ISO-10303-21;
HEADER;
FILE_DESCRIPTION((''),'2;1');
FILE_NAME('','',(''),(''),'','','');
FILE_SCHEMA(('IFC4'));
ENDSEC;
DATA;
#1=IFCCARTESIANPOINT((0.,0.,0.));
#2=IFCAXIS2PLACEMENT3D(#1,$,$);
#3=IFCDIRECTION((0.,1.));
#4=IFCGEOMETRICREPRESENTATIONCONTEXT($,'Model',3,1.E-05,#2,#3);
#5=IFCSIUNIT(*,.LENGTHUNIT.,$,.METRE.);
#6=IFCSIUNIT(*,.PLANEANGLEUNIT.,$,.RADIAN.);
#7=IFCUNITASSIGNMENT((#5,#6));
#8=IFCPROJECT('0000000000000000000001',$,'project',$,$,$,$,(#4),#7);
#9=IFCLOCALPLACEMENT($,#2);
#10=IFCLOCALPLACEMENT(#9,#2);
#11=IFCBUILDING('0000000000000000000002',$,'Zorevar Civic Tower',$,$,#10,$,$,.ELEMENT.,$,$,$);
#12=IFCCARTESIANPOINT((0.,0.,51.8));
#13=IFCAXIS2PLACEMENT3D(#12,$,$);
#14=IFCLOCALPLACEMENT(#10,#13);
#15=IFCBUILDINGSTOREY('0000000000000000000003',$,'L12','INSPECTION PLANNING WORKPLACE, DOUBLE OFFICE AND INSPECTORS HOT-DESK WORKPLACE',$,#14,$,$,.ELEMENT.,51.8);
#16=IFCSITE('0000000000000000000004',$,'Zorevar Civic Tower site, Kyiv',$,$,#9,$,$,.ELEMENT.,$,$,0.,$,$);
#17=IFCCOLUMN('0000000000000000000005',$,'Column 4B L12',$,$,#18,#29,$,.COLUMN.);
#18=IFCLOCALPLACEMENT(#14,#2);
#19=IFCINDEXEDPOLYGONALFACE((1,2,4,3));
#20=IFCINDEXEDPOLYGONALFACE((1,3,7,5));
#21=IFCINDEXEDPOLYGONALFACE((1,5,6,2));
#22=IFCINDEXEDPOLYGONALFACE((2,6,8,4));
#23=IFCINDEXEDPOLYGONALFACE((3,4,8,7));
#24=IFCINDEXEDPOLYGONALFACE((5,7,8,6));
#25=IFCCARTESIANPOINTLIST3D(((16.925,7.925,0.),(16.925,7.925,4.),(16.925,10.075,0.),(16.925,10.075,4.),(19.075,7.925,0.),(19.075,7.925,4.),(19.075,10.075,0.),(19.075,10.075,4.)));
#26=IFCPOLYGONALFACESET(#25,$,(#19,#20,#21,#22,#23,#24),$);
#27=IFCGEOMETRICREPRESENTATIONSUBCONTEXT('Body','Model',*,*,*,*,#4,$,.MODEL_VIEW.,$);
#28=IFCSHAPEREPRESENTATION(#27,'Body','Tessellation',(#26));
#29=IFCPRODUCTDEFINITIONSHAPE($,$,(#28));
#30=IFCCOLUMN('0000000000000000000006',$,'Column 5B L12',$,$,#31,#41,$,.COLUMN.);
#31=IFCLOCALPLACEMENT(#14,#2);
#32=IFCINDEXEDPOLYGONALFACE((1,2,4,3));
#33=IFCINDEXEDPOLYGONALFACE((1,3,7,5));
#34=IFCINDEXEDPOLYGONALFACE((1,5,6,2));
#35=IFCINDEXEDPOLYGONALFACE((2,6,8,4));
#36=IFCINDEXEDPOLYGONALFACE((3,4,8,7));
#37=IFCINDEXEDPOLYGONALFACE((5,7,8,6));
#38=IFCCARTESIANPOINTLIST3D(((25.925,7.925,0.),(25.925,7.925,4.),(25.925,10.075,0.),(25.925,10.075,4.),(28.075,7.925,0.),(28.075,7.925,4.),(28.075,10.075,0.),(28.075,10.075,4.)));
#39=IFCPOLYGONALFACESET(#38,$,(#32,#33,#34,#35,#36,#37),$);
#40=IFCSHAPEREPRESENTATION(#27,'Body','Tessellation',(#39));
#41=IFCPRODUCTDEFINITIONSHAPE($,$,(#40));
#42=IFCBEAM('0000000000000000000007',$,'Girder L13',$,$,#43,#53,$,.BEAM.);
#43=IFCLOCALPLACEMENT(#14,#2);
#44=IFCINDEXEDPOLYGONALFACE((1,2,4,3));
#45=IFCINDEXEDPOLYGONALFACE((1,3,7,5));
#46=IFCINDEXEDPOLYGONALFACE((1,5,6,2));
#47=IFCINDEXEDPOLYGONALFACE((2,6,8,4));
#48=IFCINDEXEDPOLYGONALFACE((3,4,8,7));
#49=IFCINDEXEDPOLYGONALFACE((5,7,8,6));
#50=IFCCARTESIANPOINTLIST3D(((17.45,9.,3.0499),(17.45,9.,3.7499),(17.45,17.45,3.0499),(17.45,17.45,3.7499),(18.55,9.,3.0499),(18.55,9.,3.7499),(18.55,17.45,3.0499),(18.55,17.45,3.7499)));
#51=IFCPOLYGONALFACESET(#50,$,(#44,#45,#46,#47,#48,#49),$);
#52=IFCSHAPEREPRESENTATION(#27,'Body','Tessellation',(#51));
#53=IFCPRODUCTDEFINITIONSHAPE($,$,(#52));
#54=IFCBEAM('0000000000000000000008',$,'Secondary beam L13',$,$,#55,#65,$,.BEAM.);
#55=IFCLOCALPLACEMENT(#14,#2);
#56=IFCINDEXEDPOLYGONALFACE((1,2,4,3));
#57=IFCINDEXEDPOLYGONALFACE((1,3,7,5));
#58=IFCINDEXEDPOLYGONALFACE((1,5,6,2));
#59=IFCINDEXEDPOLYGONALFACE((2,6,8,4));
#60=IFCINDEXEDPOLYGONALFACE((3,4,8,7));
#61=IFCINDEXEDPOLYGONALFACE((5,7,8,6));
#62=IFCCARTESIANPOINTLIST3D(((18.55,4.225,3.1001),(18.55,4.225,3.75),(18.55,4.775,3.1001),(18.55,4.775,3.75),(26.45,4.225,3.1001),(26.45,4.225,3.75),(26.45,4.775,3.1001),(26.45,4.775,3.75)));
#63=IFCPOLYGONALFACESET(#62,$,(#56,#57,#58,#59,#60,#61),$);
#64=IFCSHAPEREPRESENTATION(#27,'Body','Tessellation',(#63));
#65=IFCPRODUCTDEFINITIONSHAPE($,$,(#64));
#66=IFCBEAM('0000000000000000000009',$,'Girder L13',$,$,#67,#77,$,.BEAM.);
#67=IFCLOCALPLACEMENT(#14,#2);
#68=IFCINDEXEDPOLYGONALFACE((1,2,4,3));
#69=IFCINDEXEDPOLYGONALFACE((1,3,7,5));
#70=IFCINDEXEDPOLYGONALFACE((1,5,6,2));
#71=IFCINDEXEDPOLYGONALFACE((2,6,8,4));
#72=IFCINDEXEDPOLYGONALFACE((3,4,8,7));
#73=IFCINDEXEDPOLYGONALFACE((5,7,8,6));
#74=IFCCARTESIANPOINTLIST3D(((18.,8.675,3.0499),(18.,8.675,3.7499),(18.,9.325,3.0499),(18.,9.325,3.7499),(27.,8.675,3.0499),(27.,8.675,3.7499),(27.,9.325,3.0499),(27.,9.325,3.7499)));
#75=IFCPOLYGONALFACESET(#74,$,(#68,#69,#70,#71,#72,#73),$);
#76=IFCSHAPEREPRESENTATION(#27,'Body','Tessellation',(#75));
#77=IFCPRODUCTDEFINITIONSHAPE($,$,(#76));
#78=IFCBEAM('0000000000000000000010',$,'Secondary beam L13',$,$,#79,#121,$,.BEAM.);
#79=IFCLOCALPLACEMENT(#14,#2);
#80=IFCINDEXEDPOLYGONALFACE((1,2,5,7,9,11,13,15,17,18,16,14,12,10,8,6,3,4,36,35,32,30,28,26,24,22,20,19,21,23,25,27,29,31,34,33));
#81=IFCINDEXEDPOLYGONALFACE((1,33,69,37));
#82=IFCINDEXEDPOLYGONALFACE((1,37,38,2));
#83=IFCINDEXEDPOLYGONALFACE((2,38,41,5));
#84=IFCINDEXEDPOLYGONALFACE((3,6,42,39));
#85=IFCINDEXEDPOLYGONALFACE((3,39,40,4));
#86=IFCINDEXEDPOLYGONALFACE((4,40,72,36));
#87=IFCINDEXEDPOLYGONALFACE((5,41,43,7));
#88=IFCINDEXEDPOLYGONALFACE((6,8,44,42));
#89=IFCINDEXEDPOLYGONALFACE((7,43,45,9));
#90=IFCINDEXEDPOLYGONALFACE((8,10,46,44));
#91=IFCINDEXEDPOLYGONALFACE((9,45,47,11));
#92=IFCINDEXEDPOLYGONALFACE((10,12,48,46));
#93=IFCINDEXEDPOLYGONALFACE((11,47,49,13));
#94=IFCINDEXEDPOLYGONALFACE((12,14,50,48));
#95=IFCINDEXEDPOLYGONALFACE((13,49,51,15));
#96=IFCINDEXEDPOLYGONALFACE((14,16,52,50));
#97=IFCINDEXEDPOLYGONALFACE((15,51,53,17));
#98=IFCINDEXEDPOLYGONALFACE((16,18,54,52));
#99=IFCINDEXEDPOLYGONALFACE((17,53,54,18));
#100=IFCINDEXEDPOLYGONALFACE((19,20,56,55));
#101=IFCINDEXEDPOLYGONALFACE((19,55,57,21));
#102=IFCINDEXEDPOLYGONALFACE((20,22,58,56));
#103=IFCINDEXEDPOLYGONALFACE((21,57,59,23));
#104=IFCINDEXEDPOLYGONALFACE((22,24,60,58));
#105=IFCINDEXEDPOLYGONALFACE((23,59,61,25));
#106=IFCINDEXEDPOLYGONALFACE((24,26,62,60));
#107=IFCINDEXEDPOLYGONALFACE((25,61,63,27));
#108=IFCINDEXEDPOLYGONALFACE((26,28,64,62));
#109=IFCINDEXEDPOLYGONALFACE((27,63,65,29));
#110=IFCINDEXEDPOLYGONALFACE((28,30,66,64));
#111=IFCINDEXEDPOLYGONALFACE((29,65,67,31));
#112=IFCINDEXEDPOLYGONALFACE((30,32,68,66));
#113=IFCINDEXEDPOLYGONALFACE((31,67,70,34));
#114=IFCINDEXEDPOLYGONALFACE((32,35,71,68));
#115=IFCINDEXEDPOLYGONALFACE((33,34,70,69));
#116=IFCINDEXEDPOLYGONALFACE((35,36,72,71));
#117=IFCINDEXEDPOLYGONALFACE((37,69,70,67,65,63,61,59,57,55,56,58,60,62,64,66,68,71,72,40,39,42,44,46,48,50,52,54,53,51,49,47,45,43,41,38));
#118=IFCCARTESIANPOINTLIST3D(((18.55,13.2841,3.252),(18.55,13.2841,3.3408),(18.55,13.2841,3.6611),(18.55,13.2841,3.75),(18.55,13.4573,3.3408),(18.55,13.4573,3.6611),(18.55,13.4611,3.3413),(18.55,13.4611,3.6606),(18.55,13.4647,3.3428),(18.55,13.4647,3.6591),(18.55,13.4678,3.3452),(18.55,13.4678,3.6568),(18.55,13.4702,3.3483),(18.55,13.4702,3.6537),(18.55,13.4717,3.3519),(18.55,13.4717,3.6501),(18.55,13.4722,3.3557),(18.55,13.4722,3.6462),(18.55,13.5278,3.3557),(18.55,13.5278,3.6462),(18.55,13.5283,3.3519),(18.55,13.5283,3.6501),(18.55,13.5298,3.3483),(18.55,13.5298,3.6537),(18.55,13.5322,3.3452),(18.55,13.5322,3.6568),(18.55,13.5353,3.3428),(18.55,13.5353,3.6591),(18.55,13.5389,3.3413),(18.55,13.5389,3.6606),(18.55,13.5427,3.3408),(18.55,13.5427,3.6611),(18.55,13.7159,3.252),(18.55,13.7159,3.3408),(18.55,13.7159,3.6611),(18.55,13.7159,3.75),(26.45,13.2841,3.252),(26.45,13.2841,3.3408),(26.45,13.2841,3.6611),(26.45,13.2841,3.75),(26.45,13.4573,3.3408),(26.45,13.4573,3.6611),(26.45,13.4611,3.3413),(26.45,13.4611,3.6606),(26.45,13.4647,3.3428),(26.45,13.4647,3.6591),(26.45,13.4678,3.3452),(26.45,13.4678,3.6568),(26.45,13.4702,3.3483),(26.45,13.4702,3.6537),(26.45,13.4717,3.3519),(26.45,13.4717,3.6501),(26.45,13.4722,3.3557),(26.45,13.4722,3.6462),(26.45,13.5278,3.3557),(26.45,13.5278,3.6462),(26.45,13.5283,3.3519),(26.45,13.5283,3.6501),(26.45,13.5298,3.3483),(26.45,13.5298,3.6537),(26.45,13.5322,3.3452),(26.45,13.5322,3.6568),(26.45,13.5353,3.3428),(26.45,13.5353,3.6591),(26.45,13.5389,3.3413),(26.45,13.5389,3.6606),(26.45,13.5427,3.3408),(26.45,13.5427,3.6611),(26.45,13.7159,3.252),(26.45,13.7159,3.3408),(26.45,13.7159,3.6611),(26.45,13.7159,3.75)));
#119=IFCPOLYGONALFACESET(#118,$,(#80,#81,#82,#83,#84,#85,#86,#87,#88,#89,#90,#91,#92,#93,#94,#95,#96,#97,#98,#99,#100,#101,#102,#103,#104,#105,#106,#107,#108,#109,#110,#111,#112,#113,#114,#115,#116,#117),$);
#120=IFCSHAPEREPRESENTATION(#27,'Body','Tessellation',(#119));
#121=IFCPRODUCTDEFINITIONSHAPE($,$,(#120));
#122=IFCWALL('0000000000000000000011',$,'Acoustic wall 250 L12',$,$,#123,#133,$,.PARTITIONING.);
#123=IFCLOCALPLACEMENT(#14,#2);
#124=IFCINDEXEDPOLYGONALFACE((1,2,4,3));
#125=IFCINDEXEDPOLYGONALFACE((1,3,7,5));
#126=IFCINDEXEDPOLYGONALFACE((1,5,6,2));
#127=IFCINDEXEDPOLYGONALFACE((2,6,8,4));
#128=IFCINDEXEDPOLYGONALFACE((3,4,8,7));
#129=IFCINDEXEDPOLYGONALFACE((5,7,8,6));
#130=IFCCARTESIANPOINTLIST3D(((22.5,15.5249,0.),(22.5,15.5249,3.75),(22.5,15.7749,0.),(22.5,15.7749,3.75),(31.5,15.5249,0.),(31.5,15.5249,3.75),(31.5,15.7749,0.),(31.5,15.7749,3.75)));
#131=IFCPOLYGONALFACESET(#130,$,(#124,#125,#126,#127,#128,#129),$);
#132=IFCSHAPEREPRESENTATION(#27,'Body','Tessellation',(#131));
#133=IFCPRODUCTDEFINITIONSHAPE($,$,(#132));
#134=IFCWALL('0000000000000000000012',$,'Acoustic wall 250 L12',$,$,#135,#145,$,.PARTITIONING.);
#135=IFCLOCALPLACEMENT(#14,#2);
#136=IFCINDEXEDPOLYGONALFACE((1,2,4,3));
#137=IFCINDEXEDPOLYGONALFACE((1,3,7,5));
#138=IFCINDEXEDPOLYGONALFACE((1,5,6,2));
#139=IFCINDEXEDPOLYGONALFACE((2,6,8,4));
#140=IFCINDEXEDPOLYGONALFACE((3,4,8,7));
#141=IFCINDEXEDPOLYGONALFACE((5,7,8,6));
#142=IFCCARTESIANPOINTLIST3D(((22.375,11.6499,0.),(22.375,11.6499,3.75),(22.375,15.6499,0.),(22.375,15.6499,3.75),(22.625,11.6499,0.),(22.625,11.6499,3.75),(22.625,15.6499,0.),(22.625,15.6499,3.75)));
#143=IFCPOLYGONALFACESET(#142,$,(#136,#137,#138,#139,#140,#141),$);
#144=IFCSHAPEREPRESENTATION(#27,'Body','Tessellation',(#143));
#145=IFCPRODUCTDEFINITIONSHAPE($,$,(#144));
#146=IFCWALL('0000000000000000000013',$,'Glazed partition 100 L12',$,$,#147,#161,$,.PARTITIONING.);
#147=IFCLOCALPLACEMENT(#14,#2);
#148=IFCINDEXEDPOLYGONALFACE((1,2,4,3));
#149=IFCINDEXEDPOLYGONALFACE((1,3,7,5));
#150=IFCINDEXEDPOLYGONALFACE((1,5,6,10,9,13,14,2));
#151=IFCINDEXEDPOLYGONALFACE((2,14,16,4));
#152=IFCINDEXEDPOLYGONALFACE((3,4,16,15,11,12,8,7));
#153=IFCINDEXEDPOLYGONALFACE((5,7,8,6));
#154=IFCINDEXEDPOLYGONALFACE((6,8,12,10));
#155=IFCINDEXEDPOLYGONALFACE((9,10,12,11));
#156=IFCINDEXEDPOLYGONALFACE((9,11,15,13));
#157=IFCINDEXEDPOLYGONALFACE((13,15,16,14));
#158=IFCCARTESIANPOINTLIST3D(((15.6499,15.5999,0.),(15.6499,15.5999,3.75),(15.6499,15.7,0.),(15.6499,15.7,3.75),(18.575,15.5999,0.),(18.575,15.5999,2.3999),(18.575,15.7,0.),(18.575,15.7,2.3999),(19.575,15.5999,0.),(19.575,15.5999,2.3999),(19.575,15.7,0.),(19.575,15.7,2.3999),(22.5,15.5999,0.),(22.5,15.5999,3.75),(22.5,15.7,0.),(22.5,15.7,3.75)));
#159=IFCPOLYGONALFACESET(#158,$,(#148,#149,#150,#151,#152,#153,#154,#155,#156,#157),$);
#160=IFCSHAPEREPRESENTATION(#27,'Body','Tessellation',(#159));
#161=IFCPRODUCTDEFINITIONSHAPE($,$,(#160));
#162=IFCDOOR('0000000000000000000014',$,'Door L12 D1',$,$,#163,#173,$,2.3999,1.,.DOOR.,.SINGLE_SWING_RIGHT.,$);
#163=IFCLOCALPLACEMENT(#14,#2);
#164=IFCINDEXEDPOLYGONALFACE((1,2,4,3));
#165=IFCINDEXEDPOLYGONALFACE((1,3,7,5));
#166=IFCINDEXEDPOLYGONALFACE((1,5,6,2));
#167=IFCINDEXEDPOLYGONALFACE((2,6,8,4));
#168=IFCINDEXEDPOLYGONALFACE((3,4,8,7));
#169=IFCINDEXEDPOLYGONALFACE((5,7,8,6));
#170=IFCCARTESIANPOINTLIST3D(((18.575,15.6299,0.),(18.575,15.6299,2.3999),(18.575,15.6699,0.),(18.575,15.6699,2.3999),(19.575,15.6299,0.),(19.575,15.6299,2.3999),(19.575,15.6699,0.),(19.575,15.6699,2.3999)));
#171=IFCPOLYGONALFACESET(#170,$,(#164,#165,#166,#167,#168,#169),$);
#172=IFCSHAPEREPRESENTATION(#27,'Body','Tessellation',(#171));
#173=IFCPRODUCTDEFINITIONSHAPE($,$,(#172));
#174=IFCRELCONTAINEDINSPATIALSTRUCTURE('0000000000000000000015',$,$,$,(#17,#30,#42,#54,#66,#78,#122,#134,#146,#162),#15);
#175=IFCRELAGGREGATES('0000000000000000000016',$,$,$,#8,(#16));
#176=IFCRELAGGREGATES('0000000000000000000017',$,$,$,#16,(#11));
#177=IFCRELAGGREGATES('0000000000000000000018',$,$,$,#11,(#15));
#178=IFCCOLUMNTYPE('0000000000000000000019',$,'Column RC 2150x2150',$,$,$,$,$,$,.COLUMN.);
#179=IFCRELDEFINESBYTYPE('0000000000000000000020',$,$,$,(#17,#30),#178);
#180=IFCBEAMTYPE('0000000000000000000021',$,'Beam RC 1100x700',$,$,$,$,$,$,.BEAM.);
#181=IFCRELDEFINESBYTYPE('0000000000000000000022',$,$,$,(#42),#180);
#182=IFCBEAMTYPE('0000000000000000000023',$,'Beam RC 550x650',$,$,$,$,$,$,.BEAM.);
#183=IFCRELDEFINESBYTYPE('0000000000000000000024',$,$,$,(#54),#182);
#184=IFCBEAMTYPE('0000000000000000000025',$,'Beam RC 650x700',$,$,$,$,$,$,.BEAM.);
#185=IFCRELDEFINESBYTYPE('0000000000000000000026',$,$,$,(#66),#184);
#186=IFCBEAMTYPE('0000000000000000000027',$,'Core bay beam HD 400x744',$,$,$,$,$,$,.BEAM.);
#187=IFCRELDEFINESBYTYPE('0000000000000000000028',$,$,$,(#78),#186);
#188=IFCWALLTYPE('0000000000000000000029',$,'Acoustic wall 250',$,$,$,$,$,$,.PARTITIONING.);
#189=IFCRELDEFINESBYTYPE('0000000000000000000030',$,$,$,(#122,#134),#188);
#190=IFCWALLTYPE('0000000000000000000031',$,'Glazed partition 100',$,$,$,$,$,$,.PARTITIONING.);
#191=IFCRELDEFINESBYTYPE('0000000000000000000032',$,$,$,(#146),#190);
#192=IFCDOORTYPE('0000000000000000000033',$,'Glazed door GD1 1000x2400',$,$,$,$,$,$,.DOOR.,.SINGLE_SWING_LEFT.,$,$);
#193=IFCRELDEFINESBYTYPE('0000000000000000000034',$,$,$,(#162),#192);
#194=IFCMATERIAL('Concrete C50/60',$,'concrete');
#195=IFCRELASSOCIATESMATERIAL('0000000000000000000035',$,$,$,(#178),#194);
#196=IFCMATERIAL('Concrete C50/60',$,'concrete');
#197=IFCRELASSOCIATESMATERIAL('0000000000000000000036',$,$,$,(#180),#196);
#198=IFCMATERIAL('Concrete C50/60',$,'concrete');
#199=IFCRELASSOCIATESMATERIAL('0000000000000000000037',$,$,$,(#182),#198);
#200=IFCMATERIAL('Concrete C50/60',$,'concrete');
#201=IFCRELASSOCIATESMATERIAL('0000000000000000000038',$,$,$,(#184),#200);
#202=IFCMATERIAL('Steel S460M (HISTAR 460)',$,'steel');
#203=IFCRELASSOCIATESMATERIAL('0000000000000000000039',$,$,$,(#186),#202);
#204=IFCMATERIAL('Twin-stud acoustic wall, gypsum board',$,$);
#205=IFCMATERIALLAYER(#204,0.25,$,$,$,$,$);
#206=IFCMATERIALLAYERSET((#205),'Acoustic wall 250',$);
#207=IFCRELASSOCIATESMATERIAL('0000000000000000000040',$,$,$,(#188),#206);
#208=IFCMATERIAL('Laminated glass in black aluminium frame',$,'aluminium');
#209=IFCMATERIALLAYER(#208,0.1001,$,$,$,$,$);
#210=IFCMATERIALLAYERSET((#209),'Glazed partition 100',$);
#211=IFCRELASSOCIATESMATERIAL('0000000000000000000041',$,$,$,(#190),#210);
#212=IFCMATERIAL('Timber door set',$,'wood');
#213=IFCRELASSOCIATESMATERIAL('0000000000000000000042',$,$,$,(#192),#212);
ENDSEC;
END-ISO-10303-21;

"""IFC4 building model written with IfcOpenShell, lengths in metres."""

from ifc_helpers import new_model, si_unit, direction, frame, frame_2d, origin, origin_2d, place, context, subcontext, project, spatial, rectangle, i_section, extrude, material, layer, layer_set, material_profile, profile_set, type_object, element, fill, save


model = new_model("IFC4")

# Units and contexts
model_context = context("Model", 3, precision=1e-05, world=origin(), true_north=direction((0.0, 1.0)))
body_context = subcontext(model_context, "Body", "Model", "MODEL_VIEW")
ifc_project = project(units=[si_unit("LENGTHUNIT", "METRE"), si_unit("PLANEANGLEUNIT", "RADIAN")], contexts=[model_context])

# Site, building, storey
site_placement = place(None, origin())
site = spatial("IfcSite", under=ifc_project, at=site_placement, Name="Zorevar Civic Tower site, Kyiv", CompositionType="ELEMENT", RefElevation=0.0)
building_placement = place(site_placement, origin())
building = spatial("IfcBuilding", under=site, at=building_placement, Name="Zorevar Civic Tower", CompositionType="ELEMENT")
storey_placement = place(building_placement, frame((0.0, 0.0, 51.8)))
storey = spatial("IfcBuildingStorey", under=building, at=storey_placement, Name="L12", Description="INSPECTION PLANNING WORKPLACE, DOUBLE OFFICE AND INSPECTORS HOT-DESK WORKPLACE", CompositionType="ELEMENT", Elevation=51.8)

# Columns
ifc_material_1 = material(Name="Concrete C50/60", Category="concrete")
ifc_material_profile_1 = material_profile(ifc_material_1, rectangle(XDim=2.1499, YDim=2.1499, at=origin_2d()), Name="RC 2150x2150")
ifc_profile_set_1 = profile_set([ifc_material_profile_1], Name="Concrete C50/60")
column_type = type_object("IfcColumnType", Name="Column RC 2150x2150", PredefinedType="COLUMN", material=ifc_profile_set_1)
for number, where, z_axis, x_axis, name in (
    (1, (18.0, 9.0, 0.0), (0.0, 0.0, 1.0), (1.0, 0.0, 0.0), "Column 4B L12"),
    (2, (27.0, 9.0, 0.0), (0.0, 0.0, 1.0), (1.0, 0.0, 0.0), "Column 5B L12"),
):
    element("IfcColumn", number, at=place(storey_placement, frame(where, z_axis=z_axis, x_axis=x_axis)), inside=storey, type_object=column_type, Name=name, PredefinedType="COLUMN", context=body_context, shape_type="SweptSolid", body=[
        extrude(rectangle(XDim=2.1499, YDim=2.1499, at=origin_2d()), origin(), (0.0, 0.0, 1.0), 4.0),
    ])

# Beams
ifc_material_2 = material(Name="Concrete C50/60", Category="concrete")
ifc_material_profile_2 = material_profile(ifc_material_2, rectangle(XDim=1.1001, YDim=0.7, at=origin_2d()), Name="RC 1100x700")
ifc_profile_set_2 = profile_set([ifc_material_profile_2], Name="Concrete C50/60")
beam_type_1 = type_object("IfcBeamType", Name="Beam RC 1100x700", PredefinedType="BEAM", material=ifc_profile_set_2)
beam_1_placement = place(storey_placement, frame((18.0, 9.0, 3.3999), z_axis=(0.0, 1.0, 0.0), x_axis=(-1.0, 0.0, 0.0)))
element("IfcBeam", 3, at=beam_1_placement, inside=storey, type_object=beam_type_1, Name="Girder L13", PredefinedType="BEAM", context=body_context, shape_type="SweptSolid", body=[
    extrude(rectangle(XDim=1.1001, YDim=0.7, at=origin_2d()), origin(), (0.0, 0.0, 1.0), 8.45),
])
ifc_material_3 = material(Name="Concrete C50/60", Category="concrete")
ifc_material_profile_3 = material_profile(ifc_material_3, rectangle(XDim=0.55, YDim=0.6499, at=origin_2d()), Name="RC 550x650")
ifc_profile_set_3 = profile_set([ifc_material_profile_3], Name="Concrete C50/60")
beam_type_2 = type_object("IfcBeamType", Name="Beam RC 550x650", PredefinedType="BEAM", material=ifc_profile_set_3)
beam_2_placement = place(storey_placement, frame((18.55, 4.5, 3.425), z_axis=(1.0, 0.0, 0.0), x_axis=(0.0, 1.0, 0.0)))
element("IfcBeam", 4, at=beam_2_placement, inside=storey, type_object=beam_type_2, Name="Secondary beam L13", PredefinedType="BEAM", context=body_context, shape_type="SweptSolid", body=[
    extrude(rectangle(XDim=0.55, YDim=0.6499, at=origin_2d()), origin(), (0.0, 0.0, 1.0), 7.8999),
])
ifc_material_4 = material(Name="Concrete C50/60", Category="concrete")
ifc_material_profile_4 = material_profile(ifc_material_4, rectangle(XDim=0.6499, YDim=0.7, at=origin_2d()), Name="RC 650x700")
ifc_profile_set_4 = profile_set([ifc_material_profile_4], Name="Concrete C50/60")
beam_type_3 = type_object("IfcBeamType", Name="Beam RC 650x700", PredefinedType="BEAM", material=ifc_profile_set_4)
beam_3_placement = place(storey_placement, frame((18.0, 9.0, 3.3999), z_axis=(1.0, 0.0, 0.0), x_axis=(0.0, 1.0, 0.0)))
element("IfcBeam", 5, at=beam_3_placement, inside=storey, type_object=beam_type_3, Name="Girder L13", PredefinedType="BEAM", context=body_context, shape_type="SweptSolid", body=[
    extrude(rectangle(XDim=0.6499, YDim=0.7, at=origin_2d()), origin(), (0.0, 0.0, 1.0), 9.0),
])
ifc_material_5 = material(Name="Steel S460M (HISTAR 460)", Category="steel")
ifc_material_profile_5 = material_profile(ifc_material_5, i_section(OverallWidth=0.4319, OverallDepth=0.498, WebThickness=0.0557, FlangeThickness=0.0889, FilletRadius=0.0149, at=origin_2d()), Name="HD 400x744")
ifc_profile_set_5 = profile_set([ifc_material_profile_5], Name="Steel S460M (HISTAR 460)")
beam_type_4 = type_object("IfcBeamType", Name="Core bay beam HD 400x744", PredefinedType="BEAM", material=ifc_profile_set_5)
beam_4_placement = place(storey_placement, frame((18.55, 13.5, 3.501), z_axis=(1.0, 0.0, 0.0), x_axis=(0.0, 1.0, 0.0)))
element("IfcBeam", 6, at=beam_4_placement, inside=storey, type_object=beam_type_4, Name="Secondary beam L13", PredefinedType="BEAM", context=body_context, shape_type="SweptSolid", body=[
    extrude(i_section(OverallWidth=0.4319, OverallDepth=0.498, WebThickness=0.0557, FlangeThickness=0.0889, FilletRadius=0.0149, at=origin_2d()), origin(), (0.0, 0.0, 1.0), 7.8999),
])

# Shared definitions
ifc_material_6 = material(Name="Twin-stud acoustic wall, gypsum board")
ifc_layer_1 = layer(ifc_material_6, 0.25)
ifc_layer_set_1 = layer_set([ifc_layer_1], Name="Acoustic wall 250")
wall_type_1 = type_object("IfcWallType", Name="Acoustic wall 250", PredefinedType="PARTITIONING", material=ifc_layer_set_1)

# Walls
wall_1_placement = place(storey_placement, frame((22.5, 15.6499, 0.0), z_axis=(0.0, 0.0, 1.0), x_axis=(1.0, 0.0, 0.0)))
element("IfcWall", 7, at=wall_1_placement, inside=storey, type_object=wall_type_1, Name="Acoustic wall 250 L12", PredefinedType="PARTITIONING", context=body_context, shape_type="SweptSolid", body=[
    extrude(rectangle(XDim=9.0, YDim=0.25, at=frame_2d((4.5, 0.0))), origin(), (0.0, 0.0, 1.0), 3.75),
])
wall_2_placement = place(storey_placement, frame((22.5, 11.6499, 0.0), z_axis=(0.0, 0.0, 1.0), x_axis=(0.0, 1.0, 0.0)))
element("IfcWall", 8, at=wall_2_placement, inside=storey, type_object=wall_type_1, Name="Acoustic wall 250 L12", PredefinedType="PARTITIONING", context=body_context, shape_type="SweptSolid", body=[
    extrude(rectangle(XDim=4.0, YDim=0.25, at=frame_2d((2.0, 0.0))), origin(), (0.0, 0.0, 1.0), 3.75),
])

# Wall, opening, door
ifc_material_7 = material(Name="Laminated glass in black aluminium frame", Category="aluminium")
ifc_layer_2 = layer(ifc_material_7, 0.1001)
ifc_layer_set_2 = layer_set([ifc_layer_2], Name="Glazed partition 100")
wall_type_2 = type_object("IfcWallType", Name="Glazed partition 100", PredefinedType="PARTITIONING", material=ifc_layer_set_2)
wall_3_placement = place(storey_placement, frame((15.6499, 15.6499, 0.0), z_axis=(0.0, 0.0, 1.0), x_axis=(1.0, 0.0, 0.0)))
wall_3 = element("IfcWall", 9, at=wall_3_placement, inside=storey, type_object=wall_type_2, Name="Glazed partition 100 L12", PredefinedType="PARTITIONING", context=body_context, shape_type="SweptSolid", body=[
    extrude(rectangle(XDim=6.8501, YDim=0.1001, at=frame_2d((3.425, 0.0))), origin(), (0.0, 0.0, 1.0), 3.75),
])
opening_1_placement = place(wall_3_placement, frame((2.925, 0.0, 0.0)))
opening_1 = element("IfcOpeningElement", 10, at=opening_1_placement, cuts=wall_3, PredefinedType="OPENING", context=body_context, shape_type="SweptSolid", body=[
    extrude(rectangle(XDim=1.0, YDim=2.3999, at=frame_2d((0.5, 1.2))), frame((0.0, 0.0601, 0.0), z_axis=(0.0, -1.0, 0.0), x_axis=(1.0, 0.0, 0.0)), (0.0, 0.0, 1.0), 0.1201),
])
ifc_material_8 = material(Name="Timber door set", Category="wood")
door_type_1 = type_object("IfcDoorType", Name="Glazed door GD1 1000x2400", OperationType="SINGLE_SWING_LEFT", PredefinedType="DOOR", material=ifc_material_8)
door_1_placement = place(opening_1_placement, origin())
door_1 = element("IfcDoor", 11, at=door_1_placement, inside=storey, type_object=door_type_1, Name="Door L12 D1", OperationType="SINGLE_SWING_RIGHT", OverallHeight=2.3999, OverallWidth=1.0, PredefinedType="DOOR", context=body_context, shape_type="SweptSolid", body=[
    extrude(rectangle(XDim=1.0, YDim=2.3999, at=frame_2d((0.5, 1.2))), frame((0.0, 0.02, 0.0), z_axis=(0.0, -1.0, 0.0), x_axis=(1.0, 0.0, 0.0)), (0.0, 0.0, 1.0), 0.04),
])
fill(opening_1, door_1)

save(model, "model.ifc")
